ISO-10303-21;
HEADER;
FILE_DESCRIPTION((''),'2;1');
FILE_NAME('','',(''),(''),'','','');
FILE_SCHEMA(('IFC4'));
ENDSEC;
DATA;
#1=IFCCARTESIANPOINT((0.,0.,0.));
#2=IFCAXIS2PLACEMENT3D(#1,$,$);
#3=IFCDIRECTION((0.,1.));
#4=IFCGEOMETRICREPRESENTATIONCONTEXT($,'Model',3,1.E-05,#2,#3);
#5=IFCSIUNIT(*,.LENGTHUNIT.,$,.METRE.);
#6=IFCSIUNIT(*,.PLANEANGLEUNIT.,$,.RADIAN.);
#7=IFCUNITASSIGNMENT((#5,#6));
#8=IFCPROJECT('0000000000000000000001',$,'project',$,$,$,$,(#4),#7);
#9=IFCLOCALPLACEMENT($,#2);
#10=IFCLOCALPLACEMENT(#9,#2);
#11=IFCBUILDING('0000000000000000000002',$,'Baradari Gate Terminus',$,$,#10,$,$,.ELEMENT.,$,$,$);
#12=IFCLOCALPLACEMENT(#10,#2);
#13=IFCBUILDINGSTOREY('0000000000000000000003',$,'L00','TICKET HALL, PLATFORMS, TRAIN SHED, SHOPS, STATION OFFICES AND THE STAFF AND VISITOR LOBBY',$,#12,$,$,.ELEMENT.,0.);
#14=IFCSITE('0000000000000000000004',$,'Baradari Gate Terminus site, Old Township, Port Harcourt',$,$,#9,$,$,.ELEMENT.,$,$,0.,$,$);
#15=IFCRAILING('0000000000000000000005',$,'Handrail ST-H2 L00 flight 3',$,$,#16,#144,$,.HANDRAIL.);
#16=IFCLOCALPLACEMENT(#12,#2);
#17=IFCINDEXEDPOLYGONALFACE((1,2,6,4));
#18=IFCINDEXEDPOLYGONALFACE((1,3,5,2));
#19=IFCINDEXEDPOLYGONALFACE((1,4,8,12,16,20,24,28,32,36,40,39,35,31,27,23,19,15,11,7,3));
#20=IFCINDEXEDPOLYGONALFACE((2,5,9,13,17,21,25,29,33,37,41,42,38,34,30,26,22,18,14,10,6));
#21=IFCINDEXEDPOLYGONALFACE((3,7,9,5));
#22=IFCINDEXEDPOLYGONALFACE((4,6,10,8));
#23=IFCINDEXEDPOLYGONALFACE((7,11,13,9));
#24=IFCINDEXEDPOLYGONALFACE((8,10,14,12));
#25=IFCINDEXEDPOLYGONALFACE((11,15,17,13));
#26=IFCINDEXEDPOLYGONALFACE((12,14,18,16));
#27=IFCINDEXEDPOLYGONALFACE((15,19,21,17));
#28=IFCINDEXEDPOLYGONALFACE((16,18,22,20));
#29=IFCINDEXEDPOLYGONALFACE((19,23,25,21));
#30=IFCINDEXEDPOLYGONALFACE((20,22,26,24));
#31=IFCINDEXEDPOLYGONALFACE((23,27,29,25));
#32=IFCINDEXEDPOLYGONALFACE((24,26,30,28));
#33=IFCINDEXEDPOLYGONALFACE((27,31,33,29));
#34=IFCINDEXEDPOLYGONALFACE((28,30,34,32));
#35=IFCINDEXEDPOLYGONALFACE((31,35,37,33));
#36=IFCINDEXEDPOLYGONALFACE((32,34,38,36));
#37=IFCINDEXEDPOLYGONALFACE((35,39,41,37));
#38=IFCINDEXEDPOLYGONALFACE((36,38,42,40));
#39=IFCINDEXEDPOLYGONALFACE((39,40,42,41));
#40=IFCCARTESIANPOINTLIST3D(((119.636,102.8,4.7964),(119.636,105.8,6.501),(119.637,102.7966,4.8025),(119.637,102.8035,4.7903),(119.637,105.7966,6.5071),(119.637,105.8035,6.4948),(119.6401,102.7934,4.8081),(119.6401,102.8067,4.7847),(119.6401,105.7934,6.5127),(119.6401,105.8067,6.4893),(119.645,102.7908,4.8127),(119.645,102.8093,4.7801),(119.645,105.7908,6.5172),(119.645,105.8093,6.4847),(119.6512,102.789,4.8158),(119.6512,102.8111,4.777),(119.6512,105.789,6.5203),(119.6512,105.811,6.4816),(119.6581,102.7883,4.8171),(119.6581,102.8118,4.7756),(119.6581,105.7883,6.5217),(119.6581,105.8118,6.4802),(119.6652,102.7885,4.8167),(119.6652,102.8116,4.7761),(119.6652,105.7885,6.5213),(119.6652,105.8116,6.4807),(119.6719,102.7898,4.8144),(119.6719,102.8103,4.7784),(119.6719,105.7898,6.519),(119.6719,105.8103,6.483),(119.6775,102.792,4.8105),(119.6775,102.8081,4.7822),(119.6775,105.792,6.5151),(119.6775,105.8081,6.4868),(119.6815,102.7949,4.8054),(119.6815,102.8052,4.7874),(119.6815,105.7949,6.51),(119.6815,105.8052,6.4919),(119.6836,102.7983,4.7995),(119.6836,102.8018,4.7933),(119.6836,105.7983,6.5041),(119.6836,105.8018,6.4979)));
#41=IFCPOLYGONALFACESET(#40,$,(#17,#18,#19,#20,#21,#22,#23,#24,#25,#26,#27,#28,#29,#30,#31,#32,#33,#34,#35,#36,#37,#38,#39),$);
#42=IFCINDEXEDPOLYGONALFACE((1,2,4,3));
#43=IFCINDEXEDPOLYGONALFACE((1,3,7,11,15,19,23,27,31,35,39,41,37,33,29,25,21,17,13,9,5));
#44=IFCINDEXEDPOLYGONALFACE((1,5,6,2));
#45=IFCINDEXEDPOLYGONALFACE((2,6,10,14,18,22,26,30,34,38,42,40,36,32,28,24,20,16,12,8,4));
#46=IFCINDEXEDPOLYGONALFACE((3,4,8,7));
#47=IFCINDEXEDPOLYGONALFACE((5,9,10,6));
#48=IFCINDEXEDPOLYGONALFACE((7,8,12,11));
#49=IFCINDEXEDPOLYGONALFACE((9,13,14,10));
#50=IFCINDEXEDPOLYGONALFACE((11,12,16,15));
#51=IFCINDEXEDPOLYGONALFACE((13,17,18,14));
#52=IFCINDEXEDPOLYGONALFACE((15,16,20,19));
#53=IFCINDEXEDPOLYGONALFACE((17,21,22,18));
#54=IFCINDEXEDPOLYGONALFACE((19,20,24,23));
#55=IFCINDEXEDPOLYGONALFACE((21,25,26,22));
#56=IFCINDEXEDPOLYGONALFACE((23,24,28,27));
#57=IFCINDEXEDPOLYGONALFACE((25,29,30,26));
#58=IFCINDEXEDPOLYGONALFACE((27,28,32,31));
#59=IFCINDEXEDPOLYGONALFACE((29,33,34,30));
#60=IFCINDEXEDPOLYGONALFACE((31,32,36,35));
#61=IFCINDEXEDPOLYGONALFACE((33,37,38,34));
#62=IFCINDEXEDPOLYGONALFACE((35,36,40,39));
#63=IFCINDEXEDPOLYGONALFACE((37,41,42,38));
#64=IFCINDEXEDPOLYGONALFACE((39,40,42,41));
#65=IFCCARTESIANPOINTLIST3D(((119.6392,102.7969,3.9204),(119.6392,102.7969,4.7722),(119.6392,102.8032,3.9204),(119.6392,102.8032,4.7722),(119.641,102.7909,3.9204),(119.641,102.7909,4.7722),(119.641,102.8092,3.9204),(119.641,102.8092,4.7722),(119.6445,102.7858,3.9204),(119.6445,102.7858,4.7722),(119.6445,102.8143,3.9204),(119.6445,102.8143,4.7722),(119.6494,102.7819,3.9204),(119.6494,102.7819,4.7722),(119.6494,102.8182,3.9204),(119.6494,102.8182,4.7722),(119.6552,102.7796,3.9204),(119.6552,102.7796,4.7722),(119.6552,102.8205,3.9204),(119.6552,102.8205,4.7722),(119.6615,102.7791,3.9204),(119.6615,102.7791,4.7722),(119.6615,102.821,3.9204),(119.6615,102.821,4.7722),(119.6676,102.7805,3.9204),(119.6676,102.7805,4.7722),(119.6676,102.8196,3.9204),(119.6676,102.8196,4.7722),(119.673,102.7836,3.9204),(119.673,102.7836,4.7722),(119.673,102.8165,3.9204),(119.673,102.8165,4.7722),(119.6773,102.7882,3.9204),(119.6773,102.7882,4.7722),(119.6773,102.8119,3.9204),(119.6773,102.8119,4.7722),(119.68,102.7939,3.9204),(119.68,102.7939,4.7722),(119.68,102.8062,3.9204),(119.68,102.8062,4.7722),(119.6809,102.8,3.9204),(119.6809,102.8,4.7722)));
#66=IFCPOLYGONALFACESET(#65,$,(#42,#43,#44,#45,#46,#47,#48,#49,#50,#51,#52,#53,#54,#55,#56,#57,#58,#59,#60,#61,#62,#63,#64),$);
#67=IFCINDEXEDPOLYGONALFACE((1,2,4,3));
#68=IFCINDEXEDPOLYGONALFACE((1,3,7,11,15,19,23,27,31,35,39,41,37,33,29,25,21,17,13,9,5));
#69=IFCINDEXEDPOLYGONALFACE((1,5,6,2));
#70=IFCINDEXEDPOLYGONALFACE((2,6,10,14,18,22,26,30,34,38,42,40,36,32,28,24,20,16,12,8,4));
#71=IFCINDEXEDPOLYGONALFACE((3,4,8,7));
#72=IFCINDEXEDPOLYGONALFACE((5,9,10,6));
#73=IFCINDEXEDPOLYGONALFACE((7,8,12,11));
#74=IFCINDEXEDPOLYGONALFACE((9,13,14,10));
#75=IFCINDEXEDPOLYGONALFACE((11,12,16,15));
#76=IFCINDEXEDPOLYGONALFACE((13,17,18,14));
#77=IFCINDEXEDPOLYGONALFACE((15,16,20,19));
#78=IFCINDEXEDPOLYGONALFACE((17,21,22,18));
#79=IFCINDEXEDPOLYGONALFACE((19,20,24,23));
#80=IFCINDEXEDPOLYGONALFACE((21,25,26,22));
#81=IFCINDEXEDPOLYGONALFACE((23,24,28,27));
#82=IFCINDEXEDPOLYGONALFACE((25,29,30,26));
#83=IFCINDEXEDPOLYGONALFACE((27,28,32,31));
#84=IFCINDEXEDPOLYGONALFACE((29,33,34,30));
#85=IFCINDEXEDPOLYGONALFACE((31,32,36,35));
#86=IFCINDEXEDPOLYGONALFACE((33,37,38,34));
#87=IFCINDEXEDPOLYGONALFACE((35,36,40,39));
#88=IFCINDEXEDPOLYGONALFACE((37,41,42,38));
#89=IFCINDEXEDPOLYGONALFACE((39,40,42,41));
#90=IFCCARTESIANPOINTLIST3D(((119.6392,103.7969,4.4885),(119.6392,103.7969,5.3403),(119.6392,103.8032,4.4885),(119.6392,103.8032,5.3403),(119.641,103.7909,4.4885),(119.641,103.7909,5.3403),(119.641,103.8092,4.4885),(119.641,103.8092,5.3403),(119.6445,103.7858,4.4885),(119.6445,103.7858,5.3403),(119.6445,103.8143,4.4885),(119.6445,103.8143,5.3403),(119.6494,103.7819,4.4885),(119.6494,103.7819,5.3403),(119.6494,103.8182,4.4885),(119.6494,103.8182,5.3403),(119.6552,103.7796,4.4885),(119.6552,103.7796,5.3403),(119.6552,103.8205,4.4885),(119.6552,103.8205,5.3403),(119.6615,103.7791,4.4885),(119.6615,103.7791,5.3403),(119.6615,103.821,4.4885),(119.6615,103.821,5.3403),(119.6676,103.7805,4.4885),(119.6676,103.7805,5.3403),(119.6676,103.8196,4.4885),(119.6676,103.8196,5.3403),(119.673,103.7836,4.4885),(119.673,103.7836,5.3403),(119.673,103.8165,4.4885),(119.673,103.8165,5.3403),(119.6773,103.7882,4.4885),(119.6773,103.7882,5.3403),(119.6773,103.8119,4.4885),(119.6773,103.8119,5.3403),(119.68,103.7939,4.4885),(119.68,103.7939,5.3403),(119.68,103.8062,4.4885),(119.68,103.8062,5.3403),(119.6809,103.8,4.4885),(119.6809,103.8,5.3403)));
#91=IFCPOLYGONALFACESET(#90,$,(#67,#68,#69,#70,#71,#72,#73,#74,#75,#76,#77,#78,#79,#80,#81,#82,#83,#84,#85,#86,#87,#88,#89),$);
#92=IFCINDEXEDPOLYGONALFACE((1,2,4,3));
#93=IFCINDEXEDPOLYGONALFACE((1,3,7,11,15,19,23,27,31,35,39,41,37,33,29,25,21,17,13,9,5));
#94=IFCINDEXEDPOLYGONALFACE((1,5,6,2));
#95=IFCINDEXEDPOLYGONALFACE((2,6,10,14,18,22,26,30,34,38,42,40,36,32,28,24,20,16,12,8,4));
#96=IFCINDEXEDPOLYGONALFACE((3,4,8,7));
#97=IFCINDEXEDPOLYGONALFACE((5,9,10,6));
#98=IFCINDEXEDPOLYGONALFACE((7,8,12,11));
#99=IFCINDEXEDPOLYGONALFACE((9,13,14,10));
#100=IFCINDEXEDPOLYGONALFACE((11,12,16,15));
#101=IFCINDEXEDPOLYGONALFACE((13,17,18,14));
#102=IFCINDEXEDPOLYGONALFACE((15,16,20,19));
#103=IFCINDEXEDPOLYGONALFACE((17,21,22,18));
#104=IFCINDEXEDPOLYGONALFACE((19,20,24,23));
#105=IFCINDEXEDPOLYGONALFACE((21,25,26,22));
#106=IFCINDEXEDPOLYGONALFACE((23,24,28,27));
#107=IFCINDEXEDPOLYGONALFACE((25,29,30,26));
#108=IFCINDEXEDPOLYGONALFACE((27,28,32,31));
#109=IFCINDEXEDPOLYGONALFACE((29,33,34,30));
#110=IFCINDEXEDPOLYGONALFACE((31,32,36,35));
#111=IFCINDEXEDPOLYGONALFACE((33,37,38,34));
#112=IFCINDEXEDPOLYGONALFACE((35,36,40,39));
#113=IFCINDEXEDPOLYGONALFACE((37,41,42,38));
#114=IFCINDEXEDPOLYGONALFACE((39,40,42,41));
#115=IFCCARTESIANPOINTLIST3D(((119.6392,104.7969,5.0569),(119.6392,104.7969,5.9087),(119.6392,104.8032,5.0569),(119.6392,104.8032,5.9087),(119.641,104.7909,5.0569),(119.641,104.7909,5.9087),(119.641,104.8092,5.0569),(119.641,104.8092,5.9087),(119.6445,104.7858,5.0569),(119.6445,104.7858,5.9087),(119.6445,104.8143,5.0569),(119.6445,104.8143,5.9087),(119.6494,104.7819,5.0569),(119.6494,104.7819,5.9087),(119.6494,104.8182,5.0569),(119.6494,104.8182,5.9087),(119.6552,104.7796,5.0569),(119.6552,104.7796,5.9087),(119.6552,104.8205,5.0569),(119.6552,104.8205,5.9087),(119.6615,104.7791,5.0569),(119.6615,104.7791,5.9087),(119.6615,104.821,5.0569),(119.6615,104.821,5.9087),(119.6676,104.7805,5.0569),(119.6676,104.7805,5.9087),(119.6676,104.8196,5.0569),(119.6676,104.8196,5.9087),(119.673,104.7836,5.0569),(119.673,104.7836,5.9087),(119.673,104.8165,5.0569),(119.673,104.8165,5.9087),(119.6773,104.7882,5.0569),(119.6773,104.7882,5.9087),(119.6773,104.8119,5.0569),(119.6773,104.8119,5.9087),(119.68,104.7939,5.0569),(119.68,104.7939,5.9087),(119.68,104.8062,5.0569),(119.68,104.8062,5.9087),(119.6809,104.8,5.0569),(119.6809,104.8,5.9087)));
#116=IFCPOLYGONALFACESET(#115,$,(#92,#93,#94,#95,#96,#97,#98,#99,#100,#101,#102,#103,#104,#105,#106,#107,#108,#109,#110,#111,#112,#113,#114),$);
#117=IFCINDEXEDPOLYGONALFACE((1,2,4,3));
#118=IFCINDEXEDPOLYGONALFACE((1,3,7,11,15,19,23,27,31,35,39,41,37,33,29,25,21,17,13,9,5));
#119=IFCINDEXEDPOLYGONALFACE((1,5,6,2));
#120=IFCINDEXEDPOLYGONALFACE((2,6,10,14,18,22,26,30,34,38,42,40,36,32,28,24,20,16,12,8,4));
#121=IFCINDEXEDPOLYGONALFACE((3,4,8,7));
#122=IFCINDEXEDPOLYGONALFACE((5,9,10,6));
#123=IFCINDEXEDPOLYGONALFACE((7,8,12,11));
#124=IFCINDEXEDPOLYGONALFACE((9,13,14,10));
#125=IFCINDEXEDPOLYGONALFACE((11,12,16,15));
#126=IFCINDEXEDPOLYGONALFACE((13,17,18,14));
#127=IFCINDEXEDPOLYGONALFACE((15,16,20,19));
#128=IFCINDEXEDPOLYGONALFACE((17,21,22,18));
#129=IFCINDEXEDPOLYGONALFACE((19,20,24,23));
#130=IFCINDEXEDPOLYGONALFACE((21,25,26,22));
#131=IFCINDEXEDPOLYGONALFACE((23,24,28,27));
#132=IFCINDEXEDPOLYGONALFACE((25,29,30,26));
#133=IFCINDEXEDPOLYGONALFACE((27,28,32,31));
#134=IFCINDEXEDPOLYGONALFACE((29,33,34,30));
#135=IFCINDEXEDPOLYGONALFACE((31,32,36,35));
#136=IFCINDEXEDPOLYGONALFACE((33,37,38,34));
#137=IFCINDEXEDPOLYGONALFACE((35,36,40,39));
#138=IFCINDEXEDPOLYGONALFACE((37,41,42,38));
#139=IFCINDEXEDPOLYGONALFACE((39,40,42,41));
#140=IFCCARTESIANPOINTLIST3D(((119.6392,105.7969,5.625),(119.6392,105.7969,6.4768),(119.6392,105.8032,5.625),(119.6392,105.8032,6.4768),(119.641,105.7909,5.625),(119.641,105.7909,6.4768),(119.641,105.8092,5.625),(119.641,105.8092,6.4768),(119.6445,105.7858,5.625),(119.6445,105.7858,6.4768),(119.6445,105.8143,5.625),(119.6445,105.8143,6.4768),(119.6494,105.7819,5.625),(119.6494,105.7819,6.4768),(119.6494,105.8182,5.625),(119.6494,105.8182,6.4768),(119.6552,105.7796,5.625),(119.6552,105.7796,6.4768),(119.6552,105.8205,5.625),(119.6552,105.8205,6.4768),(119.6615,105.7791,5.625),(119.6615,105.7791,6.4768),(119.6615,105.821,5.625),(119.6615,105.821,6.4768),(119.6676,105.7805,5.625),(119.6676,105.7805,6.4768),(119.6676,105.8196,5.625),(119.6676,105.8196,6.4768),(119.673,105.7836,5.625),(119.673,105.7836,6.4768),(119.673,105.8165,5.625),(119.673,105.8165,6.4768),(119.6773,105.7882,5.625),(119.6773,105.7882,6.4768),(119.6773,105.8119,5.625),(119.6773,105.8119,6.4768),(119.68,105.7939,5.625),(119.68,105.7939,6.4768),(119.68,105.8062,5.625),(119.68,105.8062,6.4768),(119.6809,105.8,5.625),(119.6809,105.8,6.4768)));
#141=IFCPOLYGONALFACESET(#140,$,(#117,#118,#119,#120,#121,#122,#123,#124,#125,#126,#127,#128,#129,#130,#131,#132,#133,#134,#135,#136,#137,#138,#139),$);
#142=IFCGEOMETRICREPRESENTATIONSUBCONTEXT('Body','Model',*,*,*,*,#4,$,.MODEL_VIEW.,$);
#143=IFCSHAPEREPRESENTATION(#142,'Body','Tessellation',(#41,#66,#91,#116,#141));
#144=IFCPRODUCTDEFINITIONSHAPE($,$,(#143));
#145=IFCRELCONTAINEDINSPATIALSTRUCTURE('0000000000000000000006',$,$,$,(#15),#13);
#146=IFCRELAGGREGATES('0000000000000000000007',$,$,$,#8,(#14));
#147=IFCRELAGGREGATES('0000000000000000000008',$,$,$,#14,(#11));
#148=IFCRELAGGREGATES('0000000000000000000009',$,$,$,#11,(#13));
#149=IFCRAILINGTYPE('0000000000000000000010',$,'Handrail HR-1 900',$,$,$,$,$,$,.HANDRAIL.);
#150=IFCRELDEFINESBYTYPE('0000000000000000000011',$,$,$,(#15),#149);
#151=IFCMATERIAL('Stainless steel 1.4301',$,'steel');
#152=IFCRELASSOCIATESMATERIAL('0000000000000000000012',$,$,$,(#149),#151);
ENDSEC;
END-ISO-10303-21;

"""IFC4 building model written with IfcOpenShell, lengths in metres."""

from ifc_helpers import new_model, si_unit, direction, frame, origin, origin_2d, place, context, subcontext, project, spatial, circle, extrude, material, type_object, element, save


model = new_model("IFC4")

# Units and contexts
model_context = context("Model", 3, precision=1e-05, world=origin(), true_north=direction((0.0, 1.0)))
body_context = subcontext(model_context, "Body", "Model", "MODEL_VIEW")
ifc_project = project(units=[si_unit("LENGTHUNIT", "METRE"), si_unit("PLANEANGLEUNIT", "RADIAN")], contexts=[model_context])

# Site, building, storey
site_placement = place(None, origin())
site = spatial("IfcSite", under=ifc_project, at=site_placement, Name="Baradari Gate Terminus site, Old Township, Port Harcourt", CompositionType="ELEMENT", RefElevation=0.0)
building_placement = place(site_placement, origin())
building = spatial("IfcBuilding", under=site, at=building_placement, Name="Baradari Gate Terminus", CompositionType="ELEMENT")
storey_placement = place(building_placement, origin())
storey = spatial("IfcBuildingStorey", under=building, at=storey_placement, Name="L00", Description="TICKET HALL, PLATFORMS, TRAIN SHED, SHOPS, STATION OFFICES AND THE STAFF AND VISITOR LOBBY", CompositionType="ELEMENT", Elevation=0.0)

# Railing
ifc_material_1 = material(Name="Stainless steel 1.4301", Category="steel")
railing_type_1 = type_object("IfcRailingType", Name="Handrail HR-1 900", PredefinedType="HANDRAIL", material=ifc_material_1)
for number, where, name in (
    (1, (119.6599, 102.8, 3.9204), "Handrail ST-H2 L00 flight 3"),
):
    element("IfcRailing", number, at=place(storey_placement, frame(where)), inside=storey, type_object=railing_type_1, Name=name, PredefinedType="HANDRAIL", context=body_context, shape_type="SweptSolid", body=[
        extrude(circle(Radius=0.0239, at=origin_2d()), frame((0.0, 0.0, 0.876), z_axis=(0.0, 0.869451, 0.494019), x_axis=(-1.0, 0.0, 0.0)), (0.0, 0.0, 1.0), 3.4504),
        extrude(circle(Radius=0.021, at=origin_2d()), origin(), (0.0, 0.0, 1.0), 0.8518),
        extrude(circle(Radius=0.021, at=origin_2d()), frame((0.0, 1.0, 0.5681)), (0.0, 0.0, 1.0), 0.8518),
        extrude(circle(Radius=0.021, at=origin_2d()), frame((0.0, 2.0, 1.1365)), (0.0, 0.0, 1.0), 0.8518),
        extrude(circle(Radius=0.021, at=origin_2d()), frame((0.0, 3.0, 1.7046)), (0.0, 0.0, 1.0), 0.8518),
    ])

save(model, "model.ifc")
